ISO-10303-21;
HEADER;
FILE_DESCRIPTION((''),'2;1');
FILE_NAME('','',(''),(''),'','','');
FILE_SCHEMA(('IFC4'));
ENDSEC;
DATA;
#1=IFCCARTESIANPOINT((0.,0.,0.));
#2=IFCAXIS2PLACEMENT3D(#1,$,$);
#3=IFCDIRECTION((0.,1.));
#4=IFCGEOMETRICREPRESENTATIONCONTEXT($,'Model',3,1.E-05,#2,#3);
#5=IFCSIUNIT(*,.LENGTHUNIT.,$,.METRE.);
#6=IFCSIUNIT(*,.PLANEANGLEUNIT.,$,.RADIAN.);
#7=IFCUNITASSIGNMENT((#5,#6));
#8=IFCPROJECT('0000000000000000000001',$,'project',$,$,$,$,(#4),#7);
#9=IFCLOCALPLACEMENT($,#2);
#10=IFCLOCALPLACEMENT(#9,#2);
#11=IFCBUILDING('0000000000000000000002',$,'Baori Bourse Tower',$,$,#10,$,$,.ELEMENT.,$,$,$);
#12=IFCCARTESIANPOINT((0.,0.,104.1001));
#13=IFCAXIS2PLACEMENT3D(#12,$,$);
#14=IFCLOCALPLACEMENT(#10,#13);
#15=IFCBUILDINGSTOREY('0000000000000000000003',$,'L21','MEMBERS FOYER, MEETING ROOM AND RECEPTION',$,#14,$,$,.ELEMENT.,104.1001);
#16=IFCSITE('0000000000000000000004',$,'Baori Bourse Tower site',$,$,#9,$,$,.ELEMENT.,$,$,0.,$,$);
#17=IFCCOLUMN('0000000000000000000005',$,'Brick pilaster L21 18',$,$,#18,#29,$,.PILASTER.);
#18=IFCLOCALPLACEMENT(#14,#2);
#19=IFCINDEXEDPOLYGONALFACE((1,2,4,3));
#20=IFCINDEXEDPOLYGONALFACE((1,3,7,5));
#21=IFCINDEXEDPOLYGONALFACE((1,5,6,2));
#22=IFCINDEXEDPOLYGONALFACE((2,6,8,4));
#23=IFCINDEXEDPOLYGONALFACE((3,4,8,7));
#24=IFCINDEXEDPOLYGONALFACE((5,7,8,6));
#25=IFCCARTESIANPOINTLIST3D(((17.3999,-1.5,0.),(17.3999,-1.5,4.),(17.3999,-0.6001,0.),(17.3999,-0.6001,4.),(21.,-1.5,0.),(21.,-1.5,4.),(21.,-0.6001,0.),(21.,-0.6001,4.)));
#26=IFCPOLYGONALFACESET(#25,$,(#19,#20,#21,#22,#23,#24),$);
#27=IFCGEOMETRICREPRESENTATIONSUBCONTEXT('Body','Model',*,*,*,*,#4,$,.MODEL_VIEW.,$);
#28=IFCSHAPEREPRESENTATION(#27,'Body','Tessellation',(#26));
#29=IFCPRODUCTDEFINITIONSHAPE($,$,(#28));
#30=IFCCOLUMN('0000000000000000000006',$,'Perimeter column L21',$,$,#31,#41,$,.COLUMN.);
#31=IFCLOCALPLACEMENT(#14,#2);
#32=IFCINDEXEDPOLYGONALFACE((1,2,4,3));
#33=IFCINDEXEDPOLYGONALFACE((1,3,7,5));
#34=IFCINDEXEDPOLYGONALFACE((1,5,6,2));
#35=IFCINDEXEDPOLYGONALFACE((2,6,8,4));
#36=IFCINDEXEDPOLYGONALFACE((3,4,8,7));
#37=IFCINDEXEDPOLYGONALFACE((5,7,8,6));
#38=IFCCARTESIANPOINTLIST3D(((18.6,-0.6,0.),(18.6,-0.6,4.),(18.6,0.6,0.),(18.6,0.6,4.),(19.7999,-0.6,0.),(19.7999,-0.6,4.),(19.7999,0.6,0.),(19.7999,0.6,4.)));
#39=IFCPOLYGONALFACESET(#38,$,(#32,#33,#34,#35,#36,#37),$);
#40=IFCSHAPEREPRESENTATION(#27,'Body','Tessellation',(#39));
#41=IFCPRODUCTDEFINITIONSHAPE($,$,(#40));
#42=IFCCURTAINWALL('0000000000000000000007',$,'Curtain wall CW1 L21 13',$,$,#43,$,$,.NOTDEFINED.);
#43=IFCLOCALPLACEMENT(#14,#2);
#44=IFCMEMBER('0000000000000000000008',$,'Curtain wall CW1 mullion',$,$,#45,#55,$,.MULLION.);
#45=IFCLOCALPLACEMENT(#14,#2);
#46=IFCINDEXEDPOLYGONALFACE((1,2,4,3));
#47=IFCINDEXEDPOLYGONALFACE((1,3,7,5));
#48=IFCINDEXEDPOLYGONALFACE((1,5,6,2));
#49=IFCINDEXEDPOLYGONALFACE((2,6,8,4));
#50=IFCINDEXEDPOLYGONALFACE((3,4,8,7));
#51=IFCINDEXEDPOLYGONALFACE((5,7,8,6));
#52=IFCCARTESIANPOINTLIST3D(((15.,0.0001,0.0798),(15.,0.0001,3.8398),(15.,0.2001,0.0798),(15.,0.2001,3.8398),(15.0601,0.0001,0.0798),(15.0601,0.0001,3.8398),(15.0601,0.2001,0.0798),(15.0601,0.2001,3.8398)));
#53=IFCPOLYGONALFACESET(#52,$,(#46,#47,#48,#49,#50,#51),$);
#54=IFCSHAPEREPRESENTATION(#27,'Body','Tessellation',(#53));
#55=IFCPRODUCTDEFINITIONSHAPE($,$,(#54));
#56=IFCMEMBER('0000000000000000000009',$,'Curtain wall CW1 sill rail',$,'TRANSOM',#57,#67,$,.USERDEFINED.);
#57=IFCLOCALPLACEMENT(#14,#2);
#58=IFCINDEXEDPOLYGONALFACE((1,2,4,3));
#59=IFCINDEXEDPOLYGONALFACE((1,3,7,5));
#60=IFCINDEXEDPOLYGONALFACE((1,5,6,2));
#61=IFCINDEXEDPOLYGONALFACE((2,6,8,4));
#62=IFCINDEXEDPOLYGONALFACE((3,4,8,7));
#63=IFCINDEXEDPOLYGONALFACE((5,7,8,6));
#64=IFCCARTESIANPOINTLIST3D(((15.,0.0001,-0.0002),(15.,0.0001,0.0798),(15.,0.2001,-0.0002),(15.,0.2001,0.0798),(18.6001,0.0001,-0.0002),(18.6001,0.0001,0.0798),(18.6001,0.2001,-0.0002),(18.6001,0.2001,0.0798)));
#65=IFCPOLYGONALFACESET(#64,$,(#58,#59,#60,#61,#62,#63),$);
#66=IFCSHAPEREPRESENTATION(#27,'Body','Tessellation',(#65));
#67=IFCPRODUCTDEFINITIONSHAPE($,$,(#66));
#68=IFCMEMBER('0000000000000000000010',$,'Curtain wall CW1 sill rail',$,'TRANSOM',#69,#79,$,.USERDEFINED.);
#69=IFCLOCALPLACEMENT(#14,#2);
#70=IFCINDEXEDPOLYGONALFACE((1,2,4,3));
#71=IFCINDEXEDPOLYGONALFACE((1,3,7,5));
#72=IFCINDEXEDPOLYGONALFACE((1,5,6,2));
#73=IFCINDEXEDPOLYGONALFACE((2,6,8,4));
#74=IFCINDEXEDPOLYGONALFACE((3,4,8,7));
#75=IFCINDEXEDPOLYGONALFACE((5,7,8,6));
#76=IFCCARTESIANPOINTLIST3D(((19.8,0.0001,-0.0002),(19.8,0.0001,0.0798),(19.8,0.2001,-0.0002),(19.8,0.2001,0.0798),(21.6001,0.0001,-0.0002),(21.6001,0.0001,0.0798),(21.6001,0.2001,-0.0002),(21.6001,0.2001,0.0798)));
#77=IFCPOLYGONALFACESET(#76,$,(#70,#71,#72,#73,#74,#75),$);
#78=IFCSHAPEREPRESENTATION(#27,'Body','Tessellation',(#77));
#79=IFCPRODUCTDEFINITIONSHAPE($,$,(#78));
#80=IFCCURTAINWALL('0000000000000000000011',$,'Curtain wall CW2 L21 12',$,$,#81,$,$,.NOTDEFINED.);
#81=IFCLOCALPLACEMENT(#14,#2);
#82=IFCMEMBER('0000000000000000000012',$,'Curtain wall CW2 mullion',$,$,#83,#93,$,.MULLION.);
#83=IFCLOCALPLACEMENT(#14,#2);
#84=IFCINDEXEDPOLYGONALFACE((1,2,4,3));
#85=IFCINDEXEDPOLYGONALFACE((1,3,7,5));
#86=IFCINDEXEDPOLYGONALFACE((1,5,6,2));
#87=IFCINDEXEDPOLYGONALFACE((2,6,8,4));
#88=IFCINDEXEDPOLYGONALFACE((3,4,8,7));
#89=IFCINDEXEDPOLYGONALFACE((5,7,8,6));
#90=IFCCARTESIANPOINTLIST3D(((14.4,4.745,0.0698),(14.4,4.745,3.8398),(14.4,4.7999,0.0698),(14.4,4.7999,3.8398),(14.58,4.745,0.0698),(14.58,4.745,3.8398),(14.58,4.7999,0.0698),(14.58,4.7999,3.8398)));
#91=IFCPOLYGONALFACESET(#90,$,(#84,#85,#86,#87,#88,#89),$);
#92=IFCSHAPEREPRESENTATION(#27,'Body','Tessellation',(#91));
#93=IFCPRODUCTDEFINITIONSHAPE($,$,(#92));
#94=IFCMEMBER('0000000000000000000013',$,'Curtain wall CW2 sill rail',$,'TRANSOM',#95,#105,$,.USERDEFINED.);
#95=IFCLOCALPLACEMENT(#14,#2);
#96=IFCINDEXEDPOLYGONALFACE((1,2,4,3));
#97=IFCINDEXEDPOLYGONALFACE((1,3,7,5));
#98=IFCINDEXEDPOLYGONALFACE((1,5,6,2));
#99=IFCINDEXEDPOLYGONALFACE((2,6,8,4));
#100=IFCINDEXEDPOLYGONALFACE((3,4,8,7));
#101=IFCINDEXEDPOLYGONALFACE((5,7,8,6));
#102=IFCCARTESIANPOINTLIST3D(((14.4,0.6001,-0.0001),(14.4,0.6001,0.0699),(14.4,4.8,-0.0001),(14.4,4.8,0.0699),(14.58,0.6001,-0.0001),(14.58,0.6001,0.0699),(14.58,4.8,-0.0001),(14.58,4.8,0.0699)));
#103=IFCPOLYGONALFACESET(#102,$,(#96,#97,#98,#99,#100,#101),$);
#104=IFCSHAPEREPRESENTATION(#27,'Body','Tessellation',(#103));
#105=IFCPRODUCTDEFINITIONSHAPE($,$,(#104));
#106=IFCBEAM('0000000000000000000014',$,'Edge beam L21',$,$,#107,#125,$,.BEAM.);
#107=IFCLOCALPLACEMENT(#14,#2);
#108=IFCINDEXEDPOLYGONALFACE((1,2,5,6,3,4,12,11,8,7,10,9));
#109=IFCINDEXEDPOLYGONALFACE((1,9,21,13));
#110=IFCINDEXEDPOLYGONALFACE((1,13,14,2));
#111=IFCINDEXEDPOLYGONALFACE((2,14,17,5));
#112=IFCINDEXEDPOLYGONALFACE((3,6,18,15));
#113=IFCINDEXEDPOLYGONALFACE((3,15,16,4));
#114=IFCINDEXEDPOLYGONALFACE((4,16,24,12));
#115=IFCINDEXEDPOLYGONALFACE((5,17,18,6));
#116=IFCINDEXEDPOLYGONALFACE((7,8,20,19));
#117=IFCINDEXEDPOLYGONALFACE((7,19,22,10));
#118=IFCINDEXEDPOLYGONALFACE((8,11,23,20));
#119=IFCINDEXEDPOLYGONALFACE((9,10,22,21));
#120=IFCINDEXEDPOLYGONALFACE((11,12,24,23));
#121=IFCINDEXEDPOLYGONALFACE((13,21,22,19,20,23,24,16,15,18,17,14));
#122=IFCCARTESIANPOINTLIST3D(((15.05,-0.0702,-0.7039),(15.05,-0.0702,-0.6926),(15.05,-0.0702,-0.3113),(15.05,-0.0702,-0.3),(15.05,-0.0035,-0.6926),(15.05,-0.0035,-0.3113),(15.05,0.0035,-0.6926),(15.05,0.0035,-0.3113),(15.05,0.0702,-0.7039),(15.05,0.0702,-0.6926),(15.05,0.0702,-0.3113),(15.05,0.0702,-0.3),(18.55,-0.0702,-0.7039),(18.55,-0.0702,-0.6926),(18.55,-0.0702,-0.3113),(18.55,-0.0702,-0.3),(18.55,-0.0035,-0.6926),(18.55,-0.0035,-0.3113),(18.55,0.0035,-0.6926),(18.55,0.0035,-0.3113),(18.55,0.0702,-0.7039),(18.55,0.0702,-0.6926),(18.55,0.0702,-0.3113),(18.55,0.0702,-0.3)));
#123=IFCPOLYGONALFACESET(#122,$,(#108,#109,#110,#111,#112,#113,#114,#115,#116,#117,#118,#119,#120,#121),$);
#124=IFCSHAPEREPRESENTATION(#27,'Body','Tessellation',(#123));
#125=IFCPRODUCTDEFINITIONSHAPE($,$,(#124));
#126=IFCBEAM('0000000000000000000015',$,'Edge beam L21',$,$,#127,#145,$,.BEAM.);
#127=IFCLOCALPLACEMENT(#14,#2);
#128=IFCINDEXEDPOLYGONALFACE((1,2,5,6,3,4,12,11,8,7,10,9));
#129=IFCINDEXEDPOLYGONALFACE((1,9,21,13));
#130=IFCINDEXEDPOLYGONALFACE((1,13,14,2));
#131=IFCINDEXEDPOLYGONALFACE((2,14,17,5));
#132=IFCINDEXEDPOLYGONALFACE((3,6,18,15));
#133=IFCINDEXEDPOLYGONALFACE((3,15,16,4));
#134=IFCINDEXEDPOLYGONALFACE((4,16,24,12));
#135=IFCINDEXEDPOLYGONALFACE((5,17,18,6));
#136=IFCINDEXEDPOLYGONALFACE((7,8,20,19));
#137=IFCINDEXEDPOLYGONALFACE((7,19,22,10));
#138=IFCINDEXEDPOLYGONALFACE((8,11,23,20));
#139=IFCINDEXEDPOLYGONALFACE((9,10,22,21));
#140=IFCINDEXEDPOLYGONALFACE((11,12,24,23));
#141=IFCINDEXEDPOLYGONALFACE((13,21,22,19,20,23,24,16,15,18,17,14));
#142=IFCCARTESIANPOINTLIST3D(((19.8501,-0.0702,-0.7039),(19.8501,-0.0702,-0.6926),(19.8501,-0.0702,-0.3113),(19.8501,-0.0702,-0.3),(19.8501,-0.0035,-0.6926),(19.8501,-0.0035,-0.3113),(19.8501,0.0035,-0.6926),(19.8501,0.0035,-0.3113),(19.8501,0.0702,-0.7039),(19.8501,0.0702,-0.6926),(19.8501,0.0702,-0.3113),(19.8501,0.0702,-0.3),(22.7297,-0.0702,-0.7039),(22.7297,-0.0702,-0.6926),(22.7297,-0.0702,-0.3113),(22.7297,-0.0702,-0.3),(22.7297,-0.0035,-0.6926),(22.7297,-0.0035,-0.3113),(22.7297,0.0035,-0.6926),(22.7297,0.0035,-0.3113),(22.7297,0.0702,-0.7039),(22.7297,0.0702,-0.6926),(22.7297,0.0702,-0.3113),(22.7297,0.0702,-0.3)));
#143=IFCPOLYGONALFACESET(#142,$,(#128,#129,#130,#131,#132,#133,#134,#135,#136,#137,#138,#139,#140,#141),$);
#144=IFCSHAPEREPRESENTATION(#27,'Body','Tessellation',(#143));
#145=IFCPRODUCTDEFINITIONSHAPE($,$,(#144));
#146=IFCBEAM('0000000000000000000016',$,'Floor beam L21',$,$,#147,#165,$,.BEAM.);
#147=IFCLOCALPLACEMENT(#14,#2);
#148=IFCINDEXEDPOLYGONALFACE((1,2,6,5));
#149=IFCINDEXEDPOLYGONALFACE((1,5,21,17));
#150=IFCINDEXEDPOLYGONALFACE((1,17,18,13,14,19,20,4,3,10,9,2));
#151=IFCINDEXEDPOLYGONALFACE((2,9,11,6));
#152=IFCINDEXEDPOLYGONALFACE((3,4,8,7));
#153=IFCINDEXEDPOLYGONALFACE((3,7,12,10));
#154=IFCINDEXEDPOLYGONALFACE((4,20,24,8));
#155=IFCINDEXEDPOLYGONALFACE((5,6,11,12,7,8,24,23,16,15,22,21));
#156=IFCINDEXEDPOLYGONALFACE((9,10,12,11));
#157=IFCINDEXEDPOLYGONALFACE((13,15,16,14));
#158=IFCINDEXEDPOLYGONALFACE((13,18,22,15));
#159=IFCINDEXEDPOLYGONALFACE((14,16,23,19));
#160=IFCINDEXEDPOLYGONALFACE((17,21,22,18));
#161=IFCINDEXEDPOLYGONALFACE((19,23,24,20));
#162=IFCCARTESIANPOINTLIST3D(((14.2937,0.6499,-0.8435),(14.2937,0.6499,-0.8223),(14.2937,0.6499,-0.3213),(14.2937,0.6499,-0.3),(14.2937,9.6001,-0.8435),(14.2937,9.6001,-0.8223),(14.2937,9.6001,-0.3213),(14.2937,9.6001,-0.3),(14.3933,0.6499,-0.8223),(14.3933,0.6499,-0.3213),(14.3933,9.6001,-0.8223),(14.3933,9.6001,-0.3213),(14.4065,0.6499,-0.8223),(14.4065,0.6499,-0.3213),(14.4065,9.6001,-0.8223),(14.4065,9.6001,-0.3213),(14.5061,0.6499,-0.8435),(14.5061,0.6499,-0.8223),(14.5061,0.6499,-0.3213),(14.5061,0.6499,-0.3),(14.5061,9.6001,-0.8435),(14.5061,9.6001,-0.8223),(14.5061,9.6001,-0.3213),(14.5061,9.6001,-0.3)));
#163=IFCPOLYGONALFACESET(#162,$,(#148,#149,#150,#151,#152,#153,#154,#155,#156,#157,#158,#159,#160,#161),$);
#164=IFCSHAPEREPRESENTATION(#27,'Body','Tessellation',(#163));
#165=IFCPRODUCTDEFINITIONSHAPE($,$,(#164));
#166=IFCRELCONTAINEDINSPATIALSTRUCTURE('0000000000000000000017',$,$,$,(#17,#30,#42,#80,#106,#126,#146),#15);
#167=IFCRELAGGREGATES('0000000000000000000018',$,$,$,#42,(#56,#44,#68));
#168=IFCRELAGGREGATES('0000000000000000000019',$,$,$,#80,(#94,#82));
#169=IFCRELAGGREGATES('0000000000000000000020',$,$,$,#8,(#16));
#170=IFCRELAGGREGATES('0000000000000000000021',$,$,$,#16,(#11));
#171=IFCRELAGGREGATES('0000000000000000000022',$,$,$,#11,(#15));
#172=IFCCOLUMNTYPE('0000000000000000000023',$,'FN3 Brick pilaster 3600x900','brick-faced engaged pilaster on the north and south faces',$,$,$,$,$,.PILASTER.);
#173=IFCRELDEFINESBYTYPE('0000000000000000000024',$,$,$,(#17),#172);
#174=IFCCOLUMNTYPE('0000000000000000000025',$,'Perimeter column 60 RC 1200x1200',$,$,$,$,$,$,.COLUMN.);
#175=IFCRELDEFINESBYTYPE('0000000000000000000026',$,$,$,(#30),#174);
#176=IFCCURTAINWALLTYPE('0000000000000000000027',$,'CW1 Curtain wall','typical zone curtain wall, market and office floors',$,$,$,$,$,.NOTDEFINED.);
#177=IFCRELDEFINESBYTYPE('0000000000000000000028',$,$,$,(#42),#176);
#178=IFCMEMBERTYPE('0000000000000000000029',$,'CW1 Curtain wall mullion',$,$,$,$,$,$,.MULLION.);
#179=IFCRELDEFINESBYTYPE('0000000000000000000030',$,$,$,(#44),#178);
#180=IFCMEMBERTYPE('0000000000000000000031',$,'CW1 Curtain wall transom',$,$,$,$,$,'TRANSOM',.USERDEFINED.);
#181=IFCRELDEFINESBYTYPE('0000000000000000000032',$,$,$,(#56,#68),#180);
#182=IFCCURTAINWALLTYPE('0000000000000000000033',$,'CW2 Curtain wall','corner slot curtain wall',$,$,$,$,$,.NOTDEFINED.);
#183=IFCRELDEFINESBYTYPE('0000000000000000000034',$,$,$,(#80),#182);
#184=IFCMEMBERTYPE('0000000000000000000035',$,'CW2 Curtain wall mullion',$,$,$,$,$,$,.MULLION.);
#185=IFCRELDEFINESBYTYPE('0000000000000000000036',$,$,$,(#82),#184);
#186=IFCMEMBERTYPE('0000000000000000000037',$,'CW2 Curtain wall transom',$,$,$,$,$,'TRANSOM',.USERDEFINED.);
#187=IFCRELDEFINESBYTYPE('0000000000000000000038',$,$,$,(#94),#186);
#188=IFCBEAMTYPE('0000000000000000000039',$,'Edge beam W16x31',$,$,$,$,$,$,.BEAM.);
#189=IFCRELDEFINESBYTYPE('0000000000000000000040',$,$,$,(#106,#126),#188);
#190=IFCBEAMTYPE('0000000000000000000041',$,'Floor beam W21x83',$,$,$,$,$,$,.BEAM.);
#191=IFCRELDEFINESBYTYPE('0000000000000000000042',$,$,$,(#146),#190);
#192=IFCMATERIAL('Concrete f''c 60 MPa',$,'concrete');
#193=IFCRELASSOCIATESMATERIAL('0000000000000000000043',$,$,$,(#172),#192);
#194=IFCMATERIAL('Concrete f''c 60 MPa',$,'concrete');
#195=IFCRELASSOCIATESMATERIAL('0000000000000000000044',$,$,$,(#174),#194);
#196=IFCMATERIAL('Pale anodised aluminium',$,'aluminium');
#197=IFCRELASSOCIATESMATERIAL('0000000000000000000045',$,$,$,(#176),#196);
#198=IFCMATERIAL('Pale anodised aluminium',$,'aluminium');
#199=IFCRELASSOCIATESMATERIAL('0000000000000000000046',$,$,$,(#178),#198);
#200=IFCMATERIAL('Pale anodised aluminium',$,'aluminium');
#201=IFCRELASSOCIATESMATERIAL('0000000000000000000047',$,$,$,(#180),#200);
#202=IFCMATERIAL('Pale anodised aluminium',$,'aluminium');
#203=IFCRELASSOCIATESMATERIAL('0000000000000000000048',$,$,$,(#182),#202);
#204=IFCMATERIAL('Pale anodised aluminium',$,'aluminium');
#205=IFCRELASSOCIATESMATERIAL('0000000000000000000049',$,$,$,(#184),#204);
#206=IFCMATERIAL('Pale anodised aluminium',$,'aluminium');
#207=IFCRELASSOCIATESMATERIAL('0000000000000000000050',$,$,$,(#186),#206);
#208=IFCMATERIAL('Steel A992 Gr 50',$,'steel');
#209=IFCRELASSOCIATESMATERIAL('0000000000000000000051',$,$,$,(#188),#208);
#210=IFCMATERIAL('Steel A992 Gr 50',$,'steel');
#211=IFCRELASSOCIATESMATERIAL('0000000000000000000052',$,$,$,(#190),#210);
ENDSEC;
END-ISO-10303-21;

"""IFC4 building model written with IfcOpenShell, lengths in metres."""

from ifc_helpers import new_model, si_unit, direction, frame, origin, origin_2d, place, context, subcontext, project, spatial, rectangle, i_section, extrude, material, material_profile, profile_set, type_object, element, aggregate, save


model = new_model("IFC4")

# Units and contexts
model_context = context("Model", 3, precision=1e-05, world=origin(), true_north=direction((0.0, 1.0)))
body_context = subcontext(model_context, "Body", "Model", "MODEL_VIEW")
ifc_project = project(units=[si_unit("LENGTHUNIT", "METRE"), si_unit("PLANEANGLEUNIT", "RADIAN")], contexts=[model_context])

# Site, building, storey
site_placement = place(None, origin())
site = spatial("IfcSite", under=ifc_project, at=site_placement, Name="Baori Bourse Tower site", CompositionType="ELEMENT", RefElevation=0.0)
building_placement = place(site_placement, origin())
building = spatial("IfcBuilding", under=site, at=building_placement, Name="Baori Bourse Tower", CompositionType="ELEMENT")
storey_placement = place(building_placement, frame((0.0, 0.0, 104.1001)))
storey = spatial("IfcBuildingStorey", under=building, at=storey_placement, Name="L21", Description="MEMBERS FOYER, MEETING ROOM AND RECEPTION", CompositionType="ELEMENT", Elevation=104.1001)

# Columns
ifc_material_1 = material(Name="Concrete f'c 60 MPa", Category="concrete")
ifc_material_profile_1 = material_profile(ifc_material_1, rectangle(XDim=3.6001, YDim=0.8999, at=origin_2d()), Name="RC 3600x900")
ifc_profile_set_1 = profile_set([ifc_material_profile_1], Name="Concrete f'c 60 MPa")
column_type_1 = type_object("IfcColumnType", Name="FN3 Brick pilaster 3600x900", Description="brick-faced engaged pilaster on the north and south faces", PredefinedType="PILASTER", material=ifc_profile_set_1)
column_1_placement = place(storey_placement, frame((19.2, -1.05, 0.0), z_axis=(0.0, 0.0, 1.0), x_axis=(1.0, 0.0, 0.0)))
element("IfcColumn", 1, at=column_1_placement, inside=storey, type_object=column_type_1, Name="Brick pilaster L21 18", PredefinedType="PILASTER", context=body_context, shape_type="SweptSolid", body=[
    extrude(rectangle(XDim=3.6001, YDim=0.8999, at=origin_2d()), origin(), (0.0, 0.0, 1.0), 4.0),
])
ifc_material_2 = material(Name="Concrete f'c 60 MPa", Category="concrete")
ifc_material_profile_2 = material_profile(ifc_material_2, rectangle(XDim=1.2, YDim=1.2, at=origin_2d()), Name="RC 1200x1200")
ifc_profile_set_2 = profile_set([ifc_material_profile_2], Name="Concrete f'c 60 MPa")
column_type_2 = type_object("IfcColumnType", Name="Perimeter column 60 RC 1200x1200", PredefinedType="COLUMN", material=ifc_profile_set_2)
column_2_placement = place(storey_placement, frame((19.2, 0.0, 0.0), z_axis=(0.0, 0.0, 1.0), x_axis=(1.0, 0.0, 0.0)))
element("IfcColumn", 2, at=column_2_placement, inside=storey, type_object=column_type_2, Name="Perimeter column L21", PredefinedType="COLUMN", context=body_context, shape_type="SweptSolid", body=[
    extrude(rectangle(XDim=1.2, YDim=1.2, at=origin_2d()), origin(), (0.0, 0.0, 1.0), 4.0),
])

# Curtain walls, members
ifc_material_3 = material(Name="Pale anodised aluminium", Category="aluminium")
curtain_wall_type_1 = type_object("IfcCurtainWallType", Name="CW1 Curtain wall", Description="typical zone curtain wall, market and office floors", PredefinedType="NOTDEFINED", material=ifc_material_3)
curtain_wall_1_placement = place(storey_placement, origin())
curtain_wall_1 = element("IfcCurtainWall", 3, at=curtain_wall_1_placement, inside=storey, type_object=curtain_wall_type_1, Name="Curtain wall CW1 L21 13", PredefinedType="NOTDEFINED")
ifc_material_4 = material(Name="Pale anodised aluminium", Category="aluminium")
ifc_material_profile_3 = material_profile(ifc_material_4, rectangle(XDim=0.2, YDim=0.0601, at=origin_2d()), Name="Mullion 60x200")
ifc_profile_set_3 = profile_set([ifc_material_profile_3], Name="Pale anodised aluminium")
member_type_1 = type_object("IfcMemberType", Name="CW1 Curtain wall mullion", PredefinedType="MULLION", material=ifc_profile_set_3)
member_1_placement = place(storey_placement, frame((15.03, 0.1001, 0.0798), z_axis=(0.0, 0.0, 1.0), x_axis=(0.0, 1.0, 0.0)))
member_1 = element("IfcMember", 4, at=member_1_placement, type_object=member_type_1, Name="Curtain wall CW1 mullion", PredefinedType="MULLION", context=body_context, shape_type="SweptSolid", body=[
    extrude(rectangle(XDim=0.2, YDim=0.0601, at=origin_2d()), origin(), (0.0, 0.0, 1.0), 3.76),
])
ifc_material_5 = material(Name="Pale anodised aluminium", Category="aluminium")
ifc_material_profile_4 = material_profile(ifc_material_5, rectangle(XDim=0.2, YDim=0.0801, at=origin_2d()), Name="Transom 80x200")
ifc_profile_set_4 = profile_set([ifc_material_profile_4], Name="Pale anodised aluminium")
member_type_2 = type_object("IfcMemberType", Name="CW1 Curtain wall transom", ElementType="TRANSOM", PredefinedType="USERDEFINED", material=ifc_profile_set_4)
member_2_placement = place(storey_placement, frame((15.0, 0.1001, 0.0398), z_axis=(1.0, 0.0, 0.0), x_axis=(0.0, 1.0, 0.0)))
member_2 = element("IfcMember", 5, at=member_2_placement, type_object=member_type_2, Name="Curtain wall CW1 sill rail", ObjectType="TRANSOM", PredefinedType="USERDEFINED", context=body_context, shape_type="SweptSolid", body=[
    extrude(rectangle(XDim=0.2, YDim=0.0801, at=origin_2d()), origin(), (0.0, 0.0, 1.0), 3.6001),
])
member_3_placement = place(storey_placement, frame((19.8, 0.1001, 0.0398), z_axis=(1.0, 0.0, 0.0), x_axis=(0.0, 1.0, 0.0)))
member_3 = element("IfcMember", 6, at=member_3_placement, type_object=member_type_2, Name="Curtain wall CW1 sill rail", ObjectType="TRANSOM", PredefinedType="USERDEFINED", context=body_context, shape_type="SweptSolid", body=[
    extrude(rectangle(XDim=0.2, YDim=0.0801, at=origin_2d()), origin(), (0.0, 0.0, 1.0), 1.8),
])
ifc_material_6 = material(Name="Pale anodised aluminium", Category="aluminium")
curtain_wall_type_2 = type_object("IfcCurtainWallType", Name="CW2 Curtain wall", Description="corner slot curtain wall", PredefinedType="NOTDEFINED", material=ifc_material_6)
curtain_wall_2_placement = place(storey_placement, origin())
curtain_wall_2 = element("IfcCurtainWall", 7, at=curtain_wall_2_placement, inside=storey, type_object=curtain_wall_type_2, Name="Curtain wall CW2 L21 12", PredefinedType="NOTDEFINED")
ifc_material_7 = material(Name="Pale anodised aluminium", Category="aluminium")
ifc_material_profile_5 = material_profile(ifc_material_7, rectangle(XDim=0.1799, YDim=0.0549, at=origin_2d()), Name="Mullion 55x180")
ifc_profile_set_5 = profile_set([ifc_material_profile_5], Name="Pale anodised aluminium")
member_type_3 = type_object("IfcMemberType", Name="CW2 Curtain wall mullion", PredefinedType="MULLION", material=ifc_profile_set_5)
member_4_placement = place(storey_placement, frame((14.49, 4.7725, 0.0698), z_axis=(0.0, 0.0, 1.0), x_axis=(1.0, 0.0, 0.0)))
member_4 = element("IfcMember", 8, at=member_4_placement, type_object=member_type_3, Name="Curtain wall CW2 mullion", PredefinedType="MULLION", context=body_context, shape_type="SweptSolid", body=[
    extrude(rectangle(XDim=0.1799, YDim=0.0549, at=origin_2d()), origin(), (0.0, 0.0, 1.0), 3.77),
])
ifc_material_8 = material(Name="Pale anodised aluminium", Category="aluminium")
ifc_material_profile_6 = material_profile(ifc_material_8, rectangle(XDim=0.1799, YDim=0.0701, at=origin_2d()), Name="Transom 70x180")
ifc_profile_set_6 = profile_set([ifc_material_profile_6], Name="Pale anodised aluminium")
member_type_4 = type_object("IfcMemberType", Name="CW2 Curtain wall transom", ElementType="TRANSOM", PredefinedType="USERDEFINED", material=ifc_profile_set_6)
member_5_placement = place(storey_placement, frame((14.49, 4.8, 0.0349), z_axis=(0.0, -1.0, 0.0), x_axis=(1.0, 0.0, 0.0)))
member_5 = element("IfcMember", 9, at=member_5_placement, type_object=member_type_4, Name="Curtain wall CW2 sill rail", ObjectType="TRANSOM", PredefinedType="USERDEFINED", context=body_context, shape_type="SweptSolid", body=[
    extrude(rectangle(XDim=0.1799, YDim=0.0701, at=origin_2d()), origin(), (0.0, 0.0, 1.0), 4.2),
])

# Beams
ifc_material_9 = material(Name="Steel A992 Gr 50", Category="steel")
ifc_material_profile_7 = material_profile(ifc_material_9, i_section(OverallWidth=0.1404, OverallDepth=0.4038, WebThickness=0.0071, FlangeThickness=0.0112, at=origin_2d()), Name="W16x31")
ifc_profile_set_7 = profile_set([ifc_material_profile_7], Name="Steel A992 Gr 50")
beam_type_1 = type_object("IfcBeamType", Name="Edge beam W16x31", PredefinedType="BEAM", material=ifc_profile_set_7)
beam_1_placement = place(storey_placement, frame((15.05, 0.0, -0.502), z_axis=(1.0, 0.0, 0.0), x_axis=(0.0, 1.0, 0.0)))
element("IfcBeam", 10, at=beam_1_placement, inside=storey, type_object=beam_type_1, Name="Edge beam L21", PredefinedType="BEAM", context=body_context, shape_type="SweptSolid", body=[
    extrude(i_section(OverallWidth=0.1404, OverallDepth=0.4038, WebThickness=0.0071, FlangeThickness=0.0112, at=origin_2d()), origin(), (0.0, 0.0, 1.0), 3.5),
])
beam_2_placement = place(storey_placement, frame((19.8501, 0.0, -0.502), z_axis=(1.0, 0.0, 0.0), x_axis=(0.0, 1.0, 0.0)))
element("IfcBeam", 11, at=beam_2_placement, inside=storey, type_object=beam_type_1, Name="Edge beam L21", PredefinedType="BEAM", context=body_context, shape_type="SweptSolid", body=[
    extrude(i_section(OverallWidth=0.1404, OverallDepth=0.4038, WebThickness=0.0071, FlangeThickness=0.0112, at=origin_2d()), origin(), (0.0, 0.0, 1.0), 2.8796),
])
ifc_material_10 = material(Name="Steel A992 Gr 50", Category="steel")
ifc_material_profile_8 = material_profile(ifc_material_10, i_section(OverallWidth=0.2124, OverallDepth=0.5435, WebThickness=0.0132, FlangeThickness=0.0212, at=origin_2d()), Name="W21x83")
ifc_profile_set_8 = profile_set([ifc_material_profile_8], Name="Steel A992 Gr 50")
beam_type_2 = type_object("IfcBeamType", Name="Floor beam W21x83", PredefinedType="BEAM", material=ifc_profile_set_8)
beam_3_placement = place(storey_placement, frame((14.3999, 0.6499, -0.5718), z_axis=(0.0, 1.0, 0.0), x_axis=(-1.0, 0.0, 0.0)))
element("IfcBeam", 12, at=beam_3_placement, inside=storey, type_object=beam_type_2, Name="Floor beam L21", PredefinedType="BEAM", context=body_context, shape_type="SweptSolid", body=[
    extrude(i_section(OverallWidth=0.2124, OverallDepth=0.5435, WebThickness=0.0132, FlangeThickness=0.0212, at=origin_2d()), origin(), (0.0, 0.0, 1.0), 8.9502),
])

aggregate(curtain_wall_1, [member_2, member_1, member_3])
aggregate(curtain_wall_2, [member_5, member_4])

save(model, "model.ifc")
